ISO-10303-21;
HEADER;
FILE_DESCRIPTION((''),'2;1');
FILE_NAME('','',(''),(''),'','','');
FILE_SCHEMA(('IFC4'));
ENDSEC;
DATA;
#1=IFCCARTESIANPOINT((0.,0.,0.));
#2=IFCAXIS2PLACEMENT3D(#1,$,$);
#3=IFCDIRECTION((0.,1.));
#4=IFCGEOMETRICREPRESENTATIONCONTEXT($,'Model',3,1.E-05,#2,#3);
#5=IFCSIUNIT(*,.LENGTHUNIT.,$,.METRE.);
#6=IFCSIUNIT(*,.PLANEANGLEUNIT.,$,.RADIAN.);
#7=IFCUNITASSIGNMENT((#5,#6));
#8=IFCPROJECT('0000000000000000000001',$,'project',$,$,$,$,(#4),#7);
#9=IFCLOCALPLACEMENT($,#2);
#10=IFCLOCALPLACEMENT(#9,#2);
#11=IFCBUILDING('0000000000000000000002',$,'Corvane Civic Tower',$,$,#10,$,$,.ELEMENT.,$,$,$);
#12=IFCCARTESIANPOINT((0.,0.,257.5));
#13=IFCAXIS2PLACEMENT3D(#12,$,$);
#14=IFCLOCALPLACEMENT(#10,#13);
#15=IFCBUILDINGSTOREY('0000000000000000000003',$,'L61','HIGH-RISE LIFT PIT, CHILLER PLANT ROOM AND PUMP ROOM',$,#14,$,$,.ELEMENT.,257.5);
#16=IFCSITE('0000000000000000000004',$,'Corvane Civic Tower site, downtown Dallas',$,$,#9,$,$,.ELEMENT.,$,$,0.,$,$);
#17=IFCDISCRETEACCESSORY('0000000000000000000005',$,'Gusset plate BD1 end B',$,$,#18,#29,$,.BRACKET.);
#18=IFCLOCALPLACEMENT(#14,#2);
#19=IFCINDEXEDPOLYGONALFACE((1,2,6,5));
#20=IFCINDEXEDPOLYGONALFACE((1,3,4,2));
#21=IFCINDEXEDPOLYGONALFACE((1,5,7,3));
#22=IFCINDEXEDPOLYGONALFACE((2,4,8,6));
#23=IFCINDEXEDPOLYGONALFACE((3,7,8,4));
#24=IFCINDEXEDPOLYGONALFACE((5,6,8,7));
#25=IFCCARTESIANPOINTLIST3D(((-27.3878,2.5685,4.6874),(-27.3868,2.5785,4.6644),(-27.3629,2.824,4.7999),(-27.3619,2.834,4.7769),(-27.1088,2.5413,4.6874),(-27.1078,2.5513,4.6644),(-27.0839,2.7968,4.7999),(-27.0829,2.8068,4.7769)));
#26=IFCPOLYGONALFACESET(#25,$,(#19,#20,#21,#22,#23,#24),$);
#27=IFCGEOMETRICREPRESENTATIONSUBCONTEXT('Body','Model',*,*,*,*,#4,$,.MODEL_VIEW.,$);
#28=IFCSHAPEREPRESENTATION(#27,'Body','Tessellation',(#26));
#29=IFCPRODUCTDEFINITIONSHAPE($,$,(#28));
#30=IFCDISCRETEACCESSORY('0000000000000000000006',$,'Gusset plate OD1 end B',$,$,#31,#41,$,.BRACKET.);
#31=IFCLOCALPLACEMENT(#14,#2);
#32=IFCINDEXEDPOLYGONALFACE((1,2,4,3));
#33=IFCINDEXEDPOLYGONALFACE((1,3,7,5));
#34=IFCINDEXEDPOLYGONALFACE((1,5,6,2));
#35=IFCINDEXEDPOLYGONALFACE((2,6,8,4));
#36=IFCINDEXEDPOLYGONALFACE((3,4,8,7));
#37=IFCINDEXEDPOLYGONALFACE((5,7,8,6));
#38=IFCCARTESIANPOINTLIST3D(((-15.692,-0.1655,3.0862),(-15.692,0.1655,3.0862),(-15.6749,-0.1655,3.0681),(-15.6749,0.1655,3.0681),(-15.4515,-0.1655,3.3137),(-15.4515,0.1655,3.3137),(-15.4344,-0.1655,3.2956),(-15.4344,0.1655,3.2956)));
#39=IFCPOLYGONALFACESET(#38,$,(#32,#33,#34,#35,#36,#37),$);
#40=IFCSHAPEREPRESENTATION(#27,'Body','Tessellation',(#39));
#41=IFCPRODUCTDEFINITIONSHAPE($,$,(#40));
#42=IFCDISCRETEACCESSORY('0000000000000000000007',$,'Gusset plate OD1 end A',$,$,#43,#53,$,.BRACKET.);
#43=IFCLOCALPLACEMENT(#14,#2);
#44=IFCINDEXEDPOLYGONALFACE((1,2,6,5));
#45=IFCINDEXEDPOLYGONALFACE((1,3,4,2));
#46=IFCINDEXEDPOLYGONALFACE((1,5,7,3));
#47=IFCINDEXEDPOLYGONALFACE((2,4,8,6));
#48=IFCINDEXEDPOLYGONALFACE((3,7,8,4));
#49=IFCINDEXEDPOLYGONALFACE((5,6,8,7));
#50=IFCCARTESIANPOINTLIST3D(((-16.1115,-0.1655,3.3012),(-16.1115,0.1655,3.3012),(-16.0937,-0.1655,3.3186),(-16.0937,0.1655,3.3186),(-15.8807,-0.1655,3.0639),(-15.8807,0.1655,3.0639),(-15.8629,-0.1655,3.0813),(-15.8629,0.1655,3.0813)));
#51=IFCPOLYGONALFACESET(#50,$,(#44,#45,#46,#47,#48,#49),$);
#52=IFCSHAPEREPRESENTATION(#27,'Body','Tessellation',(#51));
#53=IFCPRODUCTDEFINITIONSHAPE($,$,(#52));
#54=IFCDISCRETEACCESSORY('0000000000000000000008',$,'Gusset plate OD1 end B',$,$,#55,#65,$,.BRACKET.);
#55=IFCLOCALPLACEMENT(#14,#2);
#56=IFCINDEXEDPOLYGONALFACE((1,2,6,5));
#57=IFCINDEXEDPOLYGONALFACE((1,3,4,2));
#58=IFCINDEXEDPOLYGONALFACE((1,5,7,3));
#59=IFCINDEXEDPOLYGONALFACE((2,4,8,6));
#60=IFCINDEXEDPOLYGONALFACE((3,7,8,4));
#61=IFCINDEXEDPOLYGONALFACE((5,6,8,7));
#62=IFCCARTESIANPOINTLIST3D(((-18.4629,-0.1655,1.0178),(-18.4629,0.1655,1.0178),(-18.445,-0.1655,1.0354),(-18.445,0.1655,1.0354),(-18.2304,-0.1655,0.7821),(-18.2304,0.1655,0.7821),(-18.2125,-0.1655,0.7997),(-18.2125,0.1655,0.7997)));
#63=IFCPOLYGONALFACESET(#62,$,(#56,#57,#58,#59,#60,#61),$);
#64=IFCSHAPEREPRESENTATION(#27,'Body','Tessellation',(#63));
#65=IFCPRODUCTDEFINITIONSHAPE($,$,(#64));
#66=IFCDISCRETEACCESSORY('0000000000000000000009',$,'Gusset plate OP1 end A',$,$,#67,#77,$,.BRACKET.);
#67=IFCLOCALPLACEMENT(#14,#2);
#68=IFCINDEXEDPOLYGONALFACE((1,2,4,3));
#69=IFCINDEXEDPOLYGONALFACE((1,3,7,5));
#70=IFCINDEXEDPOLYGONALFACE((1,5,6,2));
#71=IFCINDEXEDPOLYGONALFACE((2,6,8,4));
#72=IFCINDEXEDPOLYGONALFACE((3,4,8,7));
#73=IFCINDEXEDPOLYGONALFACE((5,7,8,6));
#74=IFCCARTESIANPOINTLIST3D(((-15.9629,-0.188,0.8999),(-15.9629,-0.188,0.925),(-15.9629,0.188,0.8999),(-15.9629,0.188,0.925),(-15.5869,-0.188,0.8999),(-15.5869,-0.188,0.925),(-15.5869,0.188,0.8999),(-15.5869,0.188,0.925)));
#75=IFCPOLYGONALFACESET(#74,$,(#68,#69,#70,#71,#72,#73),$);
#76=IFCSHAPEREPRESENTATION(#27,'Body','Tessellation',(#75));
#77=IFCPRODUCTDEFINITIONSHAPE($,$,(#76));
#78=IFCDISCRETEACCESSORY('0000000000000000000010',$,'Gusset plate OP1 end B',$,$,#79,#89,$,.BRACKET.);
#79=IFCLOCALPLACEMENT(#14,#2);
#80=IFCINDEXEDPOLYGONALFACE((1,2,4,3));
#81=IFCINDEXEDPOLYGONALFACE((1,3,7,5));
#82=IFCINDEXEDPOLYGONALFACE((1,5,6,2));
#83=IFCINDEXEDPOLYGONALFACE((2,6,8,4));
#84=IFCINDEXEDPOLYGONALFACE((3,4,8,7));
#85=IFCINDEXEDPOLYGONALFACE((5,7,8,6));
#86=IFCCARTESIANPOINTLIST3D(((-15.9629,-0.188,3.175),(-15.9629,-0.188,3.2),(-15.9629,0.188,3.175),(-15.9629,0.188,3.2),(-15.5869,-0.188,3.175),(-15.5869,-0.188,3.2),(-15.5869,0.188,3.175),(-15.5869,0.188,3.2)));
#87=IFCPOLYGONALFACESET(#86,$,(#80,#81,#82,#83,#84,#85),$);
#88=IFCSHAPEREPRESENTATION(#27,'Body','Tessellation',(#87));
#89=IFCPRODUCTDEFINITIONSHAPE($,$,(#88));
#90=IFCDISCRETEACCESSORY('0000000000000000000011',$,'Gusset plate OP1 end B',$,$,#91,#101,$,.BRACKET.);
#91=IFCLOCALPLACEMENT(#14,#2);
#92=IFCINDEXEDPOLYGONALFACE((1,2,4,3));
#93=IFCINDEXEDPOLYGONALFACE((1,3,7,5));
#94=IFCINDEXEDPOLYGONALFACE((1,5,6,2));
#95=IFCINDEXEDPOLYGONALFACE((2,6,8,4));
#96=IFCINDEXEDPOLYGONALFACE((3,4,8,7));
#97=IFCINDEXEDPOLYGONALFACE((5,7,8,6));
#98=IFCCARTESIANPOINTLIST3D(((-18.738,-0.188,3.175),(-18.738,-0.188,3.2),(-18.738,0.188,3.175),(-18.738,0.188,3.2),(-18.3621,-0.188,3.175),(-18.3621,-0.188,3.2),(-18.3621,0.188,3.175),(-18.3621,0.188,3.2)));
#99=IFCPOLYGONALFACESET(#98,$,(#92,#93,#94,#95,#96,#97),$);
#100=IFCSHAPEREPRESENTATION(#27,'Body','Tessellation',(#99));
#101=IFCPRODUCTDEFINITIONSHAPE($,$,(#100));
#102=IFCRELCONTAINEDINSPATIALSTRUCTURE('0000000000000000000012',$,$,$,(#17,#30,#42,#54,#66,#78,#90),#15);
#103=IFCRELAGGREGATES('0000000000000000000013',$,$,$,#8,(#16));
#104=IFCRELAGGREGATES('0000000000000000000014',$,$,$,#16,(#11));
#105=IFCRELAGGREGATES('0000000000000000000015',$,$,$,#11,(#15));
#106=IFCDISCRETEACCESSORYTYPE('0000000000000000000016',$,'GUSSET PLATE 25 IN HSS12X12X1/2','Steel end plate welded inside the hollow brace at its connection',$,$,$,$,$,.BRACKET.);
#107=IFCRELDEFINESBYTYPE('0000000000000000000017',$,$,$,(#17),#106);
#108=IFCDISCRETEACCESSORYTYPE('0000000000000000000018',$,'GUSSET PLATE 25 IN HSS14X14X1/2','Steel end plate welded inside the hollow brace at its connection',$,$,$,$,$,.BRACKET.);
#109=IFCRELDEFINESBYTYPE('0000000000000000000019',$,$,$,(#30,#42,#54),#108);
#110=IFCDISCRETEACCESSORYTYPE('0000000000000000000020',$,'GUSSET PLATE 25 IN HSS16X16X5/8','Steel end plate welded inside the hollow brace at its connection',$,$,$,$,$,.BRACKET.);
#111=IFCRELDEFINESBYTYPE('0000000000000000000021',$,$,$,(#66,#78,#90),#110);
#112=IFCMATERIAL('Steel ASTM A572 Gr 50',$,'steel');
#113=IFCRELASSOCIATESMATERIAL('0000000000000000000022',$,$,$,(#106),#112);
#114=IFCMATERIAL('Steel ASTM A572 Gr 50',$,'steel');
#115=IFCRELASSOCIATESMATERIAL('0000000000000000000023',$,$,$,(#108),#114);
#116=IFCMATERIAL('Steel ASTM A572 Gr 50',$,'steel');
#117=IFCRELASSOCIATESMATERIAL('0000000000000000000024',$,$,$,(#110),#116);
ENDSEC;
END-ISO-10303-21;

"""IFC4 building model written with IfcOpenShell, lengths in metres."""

from ifc_helpers import new_model, si_unit, direction, frame, origin, origin_2d, place, context, subcontext, project, spatial, rectangle, extrude, material, material_profile, profile_set, type_object, element, save


model = new_model("IFC4")

# Units and contexts
model_context = context("Model", 3, precision=1e-05, world=origin(), true_north=direction((0.0, 1.0)))
body_context = subcontext(model_context, "Body", "Model", "MODEL_VIEW")
ifc_project = project(units=[si_unit("LENGTHUNIT", "METRE"), si_unit("PLANEANGLEUNIT", "RADIAN")], contexts=[model_context])

# Site, building, storey
site_placement = place(None, origin())
site = spatial("IfcSite", under=ifc_project, at=site_placement, Name="Corvane Civic Tower site, downtown Dallas", CompositionType="ELEMENT", RefElevation=0.0)
building_placement = place(site_placement, origin())
building = spatial("IfcBuilding", under=site, at=building_placement, Name="Corvane Civic Tower", CompositionType="ELEMENT")
storey_placement = place(building_placement, frame((0.0, 0.0, 257.5)))
storey = spatial("IfcBuildingStorey", under=building, at=storey_placement, Name="L61", Description="HIGH-RISE LIFT PIT, CHILLER PLANT ROOM AND PUMP ROOM", CompositionType="ELEMENT", Elevation=257.5)

# Discrete accessories
ifc_material_1 = material(Name="Steel ASTM A572 Gr 50", Category="steel")
ifc_material_profile_1 = material_profile(ifc_material_1, rectangle(XDim=0.2803, YDim=0.2803, at=origin_2d()), Name="GUSSET PLATE 25 IN HSS12X12X1/2")
ifc_profile_set_1 = profile_set([ifc_material_profile_1], Name="Steel ASTM A572 Gr 50")
discrete_accessory_type_1 = type_object("IfcDiscreteAccessoryType", Name="GUSSET PLATE 25 IN HSS12X12X1/2", Description="Steel end plate welded inside the hollow brace at its connection", PredefinedType="BRACKET", material=ifc_profile_set_1)
discrete_accessory_1_placement = place(storey_placement, frame((-27.2358, 2.6826, 4.7437), z_axis=(0.038975, 0.399492, -0.915908), x_axis=(-0.995275, 0.0971, 0.0)))
element("IfcDiscreteAccessory", 1, at=discrete_accessory_1_placement, inside=storey, type_object=discrete_accessory_type_1, Name="Gusset plate BD1 end B", PredefinedType="BRACKET", context=body_context, shape_type="SweptSolid", body=[
    extrude(rectangle(XDim=0.2803, YDim=0.2803, at=origin_2d()), origin(), (0.0, 0.0, 1.0), 0.0251),
])
ifc_material_2 = material(Name="Steel ASTM A572 Gr 50", Category="steel")
ifc_material_profile_2 = material_profile(ifc_material_2, rectangle(XDim=0.3311, YDim=0.3311, at=origin_2d()), Name="GUSSET PLATE 25 IN HSS14X14X1/2")
ifc_profile_set_2 = profile_set([ifc_material_profile_2], Name="Steel ASTM A572 Gr 50")
discrete_accessory_type_2 = type_object("IfcDiscreteAccessoryType", Name="GUSSET PLATE 25 IN HSS14X14X1/2", Description="Steel end plate welded inside the hollow brace at its connection", PredefinedType="BRACKET", material=ifc_profile_set_2)
for number, where, z_axis, x_axis, name in (
    (2, (-15.5718, 0.0, 3.2), (0.6872, 0.0, -0.726468), (0.0, 1.0, 0.0), "Gusset plate OD1 end B"),
    (3, (-15.9783, 0.0, 3.2), (-0.716859, 0.0, -0.697219), (0.0, -1.0, 0.0), "Gusset plate OD1 end A"),
):
    element("IfcDiscreteAccessory", number, at=place(storey_placement, frame(where, z_axis=z_axis, x_axis=x_axis)), inside=storey, type_object=discrete_accessory_type_2, Name=name, PredefinedType="BRACKET", context=body_context, shape_type="SweptSolid", body=[
        extrude(rectangle(XDim=0.3311, YDim=0.3311, at=origin_2d()), origin(), (0.0, 0.0, 1.0), 0.0249),
    ])
discrete_accessory_2_placement = place(storey_placement, frame((-18.3467, 0.0, 0.8999), z_axis=(0.711966, 0.0, 0.702213), x_axis=(0.0, 1.0, 0.0)))
element("IfcDiscreteAccessory", 4, at=discrete_accessory_2_placement, inside=storey, type_object=discrete_accessory_type_2, Name="Gusset plate OD1 end B", PredefinedType="BRACKET", context=body_context, shape_type="SweptSolid", body=[
    extrude(rectangle(XDim=0.3311, YDim=0.3311, at=origin_2d()), origin(), (0.0, 0.0, 1.0), 0.0251),
])
ifc_material_3 = material(Name="Steel ASTM A572 Gr 50", Category="steel")
ifc_material_profile_3 = material_profile(ifc_material_3, rectangle(XDim=0.376, YDim=0.376, at=origin_2d()), Name="GUSSET PLATE 25 IN HSS16X16X5/8")
ifc_profile_set_3 = profile_set([ifc_material_profile_3], Name="Steel ASTM A572 Gr 50")
discrete_accessory_type_3 = type_object("IfcDiscreteAccessoryType", Name="GUSSET PLATE 25 IN HSS16X16X5/8", Description="Steel end plate welded inside the hollow brace at its connection", PredefinedType="BRACKET", material=ifc_profile_set_3)
discrete_accessory_3_placement = place(storey_placement, frame((-15.7749, 0.0, 0.8999), z_axis=(0.0, 0.0, 1.0), x_axis=(1.0, 0.0, 0.0)))
element("IfcDiscreteAccessory", 5, at=discrete_accessory_3_placement, inside=storey, type_object=discrete_accessory_type_3, Name="Gusset plate OP1 end A", PredefinedType="BRACKET", context=body_context, shape_type="SweptSolid", body=[
    extrude(rectangle(XDim=0.376, YDim=0.376, at=origin_2d()), origin(), (0.0, 0.0, 1.0), 0.0251),
])
for number, where, z_axis, x_axis, name in (
    (6, (-15.7749, 0.0, 3.2), (0.0, 0.0, -1.0), (1.0, 0.0, 0.0), "Gusset plate OP1 end B"),
    (7, (-18.55, 0.0, 3.2), (0.0, 0.0, -1.0), (1.0, 0.0, 0.0), "Gusset plate OP1 end B"),
):
    element("IfcDiscreteAccessory", number, at=place(storey_placement, frame(where, z_axis=z_axis, x_axis=x_axis)), inside=storey, type_object=discrete_accessory_type_3, Name=name, PredefinedType="BRACKET", context=body_context, shape_type="SweptSolid", body=[
        extrude(rectangle(XDim=0.376, YDim=0.376, at=origin_2d()), origin(), (0.0, 0.0, 1.0), 0.0249),
    ])

save(model, "model.ifc")
